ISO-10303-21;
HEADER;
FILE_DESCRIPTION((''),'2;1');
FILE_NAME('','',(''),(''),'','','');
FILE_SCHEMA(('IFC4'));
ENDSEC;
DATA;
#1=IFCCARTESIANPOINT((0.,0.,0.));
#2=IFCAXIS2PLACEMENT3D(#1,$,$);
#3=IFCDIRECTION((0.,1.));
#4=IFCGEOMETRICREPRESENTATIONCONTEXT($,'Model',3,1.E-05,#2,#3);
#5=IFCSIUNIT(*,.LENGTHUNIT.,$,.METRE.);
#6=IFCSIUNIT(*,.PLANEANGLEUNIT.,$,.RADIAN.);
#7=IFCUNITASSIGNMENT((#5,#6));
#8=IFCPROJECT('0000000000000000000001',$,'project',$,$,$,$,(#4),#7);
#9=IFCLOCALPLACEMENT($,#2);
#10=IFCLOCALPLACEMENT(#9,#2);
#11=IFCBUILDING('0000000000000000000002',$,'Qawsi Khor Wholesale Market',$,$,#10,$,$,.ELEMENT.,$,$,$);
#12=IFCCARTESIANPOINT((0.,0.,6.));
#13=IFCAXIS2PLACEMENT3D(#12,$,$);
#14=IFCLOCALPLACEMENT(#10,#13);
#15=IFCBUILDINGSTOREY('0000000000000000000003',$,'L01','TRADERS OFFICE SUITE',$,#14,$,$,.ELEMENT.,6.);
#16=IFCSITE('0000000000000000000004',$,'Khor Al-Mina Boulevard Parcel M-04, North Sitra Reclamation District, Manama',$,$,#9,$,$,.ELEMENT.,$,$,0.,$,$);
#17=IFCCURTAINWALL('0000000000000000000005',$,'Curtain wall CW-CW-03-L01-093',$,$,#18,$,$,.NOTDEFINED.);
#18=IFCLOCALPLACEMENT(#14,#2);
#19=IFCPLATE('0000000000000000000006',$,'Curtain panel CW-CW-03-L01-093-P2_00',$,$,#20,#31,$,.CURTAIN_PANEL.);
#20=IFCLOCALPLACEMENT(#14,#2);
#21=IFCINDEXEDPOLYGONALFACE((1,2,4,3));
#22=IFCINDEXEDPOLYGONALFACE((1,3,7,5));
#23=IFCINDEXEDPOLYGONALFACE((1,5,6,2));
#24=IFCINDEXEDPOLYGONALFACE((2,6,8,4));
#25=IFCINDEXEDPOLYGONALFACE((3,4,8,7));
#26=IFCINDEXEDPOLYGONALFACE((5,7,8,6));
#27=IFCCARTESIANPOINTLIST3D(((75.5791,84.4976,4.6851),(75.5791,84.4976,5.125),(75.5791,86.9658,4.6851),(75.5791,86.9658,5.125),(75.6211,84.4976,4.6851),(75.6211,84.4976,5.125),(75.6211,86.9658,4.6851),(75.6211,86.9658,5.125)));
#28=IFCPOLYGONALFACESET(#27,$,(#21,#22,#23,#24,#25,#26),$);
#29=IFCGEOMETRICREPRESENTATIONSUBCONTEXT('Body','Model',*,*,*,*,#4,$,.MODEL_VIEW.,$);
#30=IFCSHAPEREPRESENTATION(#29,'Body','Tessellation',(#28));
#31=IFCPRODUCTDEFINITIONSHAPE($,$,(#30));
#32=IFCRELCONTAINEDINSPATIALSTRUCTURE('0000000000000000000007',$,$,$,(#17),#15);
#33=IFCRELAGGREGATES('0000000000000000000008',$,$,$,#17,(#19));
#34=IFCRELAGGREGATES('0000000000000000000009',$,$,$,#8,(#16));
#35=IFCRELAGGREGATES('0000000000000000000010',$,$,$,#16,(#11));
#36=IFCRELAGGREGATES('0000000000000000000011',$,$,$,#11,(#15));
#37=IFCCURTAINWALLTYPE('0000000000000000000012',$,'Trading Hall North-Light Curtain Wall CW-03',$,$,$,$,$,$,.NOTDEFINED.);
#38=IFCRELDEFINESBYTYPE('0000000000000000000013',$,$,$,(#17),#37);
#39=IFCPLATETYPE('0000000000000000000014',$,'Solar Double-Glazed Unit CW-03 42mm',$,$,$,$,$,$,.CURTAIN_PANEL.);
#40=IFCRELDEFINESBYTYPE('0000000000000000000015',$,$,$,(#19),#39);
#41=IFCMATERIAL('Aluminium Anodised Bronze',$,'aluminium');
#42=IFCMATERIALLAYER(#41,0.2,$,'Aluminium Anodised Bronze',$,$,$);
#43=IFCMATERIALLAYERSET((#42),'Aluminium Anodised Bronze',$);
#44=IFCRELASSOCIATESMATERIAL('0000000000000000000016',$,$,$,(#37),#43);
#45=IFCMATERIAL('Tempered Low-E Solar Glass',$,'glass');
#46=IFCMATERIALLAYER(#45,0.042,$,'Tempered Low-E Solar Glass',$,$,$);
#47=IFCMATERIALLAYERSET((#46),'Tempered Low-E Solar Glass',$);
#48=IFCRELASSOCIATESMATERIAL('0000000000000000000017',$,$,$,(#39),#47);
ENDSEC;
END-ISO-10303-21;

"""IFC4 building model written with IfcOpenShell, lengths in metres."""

from ifc_helpers import new_model, si_unit, direction, frame, frame_2d, origin, place, context, subcontext, project, spatial, rectangle, extrude, material, layer, layer_set, type_object, element, aggregate, save


model = new_model("IFC4")

# Units and contexts
model_context = context("Model", 3, precision=1e-05, world=origin(), true_north=direction((0.0, 1.0)))
body_context = subcontext(model_context, "Body", "Model", "MODEL_VIEW")
ifc_project = project(units=[si_unit("LENGTHUNIT", "METRE"), si_unit("PLANEANGLEUNIT", "RADIAN")], contexts=[model_context])

# Site, building, storey
site_placement = place(None, origin())
site = spatial("IfcSite", under=ifc_project, at=site_placement, Name="Khor Al-Mina Boulevard Parcel M-04, North Sitra Reclamation District, Manama", CompositionType="ELEMENT", RefElevation=0.0)
building_placement = place(site_placement, origin())
building = spatial("IfcBuilding", under=site, at=building_placement, Name="Qawsi Khor Wholesale Market", CompositionType="ELEMENT")
storey_placement = place(building_placement, frame((0.0, 0.0, 6.0)))
storey = spatial("IfcBuildingStorey", under=building, at=storey_placement, Name="L01", Description="TRADERS OFFICE SUITE", CompositionType="ELEMENT", Elevation=6.0)

# Curtain wall
ifc_material_1 = material(Name="Aluminium Anodised Bronze", Category="aluminium")
ifc_layer_1 = layer(ifc_material_1, 0.2, Name="Aluminium Anodised Bronze")
ifc_layer_set_1 = layer_set([ifc_layer_1], Name="Aluminium Anodised Bronze")
curtain_wall_type = type_object("IfcCurtainWallType", Name="Trading Hall North-Light Curtain Wall CW-03", PredefinedType="NOTDEFINED", material=ifc_layer_set_1)
curtain_wall_1_placement = place(storey_placement, origin())
curtain_wall_1 = element("IfcCurtainWall", 1, at=curtain_wall_1_placement, inside=storey, type_object=curtain_wall_type, Name="Curtain wall CW-CW-03-L01-093", PredefinedType="NOTDEFINED")

# Plate
ifc_material_2 = material(Name="Tempered Low-E Solar Glass", Category="glass")
ifc_layer_2 = layer(ifc_material_2, 0.042, Name="Tempered Low-E Solar Glass")
ifc_layer_set_2 = layer_set([ifc_layer_2], Name="Tempered Low-E Solar Glass")
plate_type_1 = type_object("IfcPlateType", Name="Solar Double-Glazed Unit CW-03 42mm", PredefinedType="CURTAIN_PANEL", material=ifc_layer_set_2)
plate_1_placement = place(storey_placement, frame((75.6001, 84.4976, 4.6851), z_axis=(0.0, 0.0, 1.0), x_axis=(0.0, 1.0, 0.0)))
plate_1 = element("IfcPlate", 2, at=plate_1_placement, type_object=plate_type_1, Name="Curtain panel CW-CW-03-L01-093-P2_00", PredefinedType="CURTAIN_PANEL", context=body_context, shape_type="SweptSolid", body=[
    extrude(rectangle(XDim=2.4683, YDim=0.042, at=frame_2d((1.2341, 0.0))), origin(), (0.0, 0.0, 1.0), 0.4399),
])
aggregate(curtain_wall_1, [plate_1])

save(model, "model.ifc")
